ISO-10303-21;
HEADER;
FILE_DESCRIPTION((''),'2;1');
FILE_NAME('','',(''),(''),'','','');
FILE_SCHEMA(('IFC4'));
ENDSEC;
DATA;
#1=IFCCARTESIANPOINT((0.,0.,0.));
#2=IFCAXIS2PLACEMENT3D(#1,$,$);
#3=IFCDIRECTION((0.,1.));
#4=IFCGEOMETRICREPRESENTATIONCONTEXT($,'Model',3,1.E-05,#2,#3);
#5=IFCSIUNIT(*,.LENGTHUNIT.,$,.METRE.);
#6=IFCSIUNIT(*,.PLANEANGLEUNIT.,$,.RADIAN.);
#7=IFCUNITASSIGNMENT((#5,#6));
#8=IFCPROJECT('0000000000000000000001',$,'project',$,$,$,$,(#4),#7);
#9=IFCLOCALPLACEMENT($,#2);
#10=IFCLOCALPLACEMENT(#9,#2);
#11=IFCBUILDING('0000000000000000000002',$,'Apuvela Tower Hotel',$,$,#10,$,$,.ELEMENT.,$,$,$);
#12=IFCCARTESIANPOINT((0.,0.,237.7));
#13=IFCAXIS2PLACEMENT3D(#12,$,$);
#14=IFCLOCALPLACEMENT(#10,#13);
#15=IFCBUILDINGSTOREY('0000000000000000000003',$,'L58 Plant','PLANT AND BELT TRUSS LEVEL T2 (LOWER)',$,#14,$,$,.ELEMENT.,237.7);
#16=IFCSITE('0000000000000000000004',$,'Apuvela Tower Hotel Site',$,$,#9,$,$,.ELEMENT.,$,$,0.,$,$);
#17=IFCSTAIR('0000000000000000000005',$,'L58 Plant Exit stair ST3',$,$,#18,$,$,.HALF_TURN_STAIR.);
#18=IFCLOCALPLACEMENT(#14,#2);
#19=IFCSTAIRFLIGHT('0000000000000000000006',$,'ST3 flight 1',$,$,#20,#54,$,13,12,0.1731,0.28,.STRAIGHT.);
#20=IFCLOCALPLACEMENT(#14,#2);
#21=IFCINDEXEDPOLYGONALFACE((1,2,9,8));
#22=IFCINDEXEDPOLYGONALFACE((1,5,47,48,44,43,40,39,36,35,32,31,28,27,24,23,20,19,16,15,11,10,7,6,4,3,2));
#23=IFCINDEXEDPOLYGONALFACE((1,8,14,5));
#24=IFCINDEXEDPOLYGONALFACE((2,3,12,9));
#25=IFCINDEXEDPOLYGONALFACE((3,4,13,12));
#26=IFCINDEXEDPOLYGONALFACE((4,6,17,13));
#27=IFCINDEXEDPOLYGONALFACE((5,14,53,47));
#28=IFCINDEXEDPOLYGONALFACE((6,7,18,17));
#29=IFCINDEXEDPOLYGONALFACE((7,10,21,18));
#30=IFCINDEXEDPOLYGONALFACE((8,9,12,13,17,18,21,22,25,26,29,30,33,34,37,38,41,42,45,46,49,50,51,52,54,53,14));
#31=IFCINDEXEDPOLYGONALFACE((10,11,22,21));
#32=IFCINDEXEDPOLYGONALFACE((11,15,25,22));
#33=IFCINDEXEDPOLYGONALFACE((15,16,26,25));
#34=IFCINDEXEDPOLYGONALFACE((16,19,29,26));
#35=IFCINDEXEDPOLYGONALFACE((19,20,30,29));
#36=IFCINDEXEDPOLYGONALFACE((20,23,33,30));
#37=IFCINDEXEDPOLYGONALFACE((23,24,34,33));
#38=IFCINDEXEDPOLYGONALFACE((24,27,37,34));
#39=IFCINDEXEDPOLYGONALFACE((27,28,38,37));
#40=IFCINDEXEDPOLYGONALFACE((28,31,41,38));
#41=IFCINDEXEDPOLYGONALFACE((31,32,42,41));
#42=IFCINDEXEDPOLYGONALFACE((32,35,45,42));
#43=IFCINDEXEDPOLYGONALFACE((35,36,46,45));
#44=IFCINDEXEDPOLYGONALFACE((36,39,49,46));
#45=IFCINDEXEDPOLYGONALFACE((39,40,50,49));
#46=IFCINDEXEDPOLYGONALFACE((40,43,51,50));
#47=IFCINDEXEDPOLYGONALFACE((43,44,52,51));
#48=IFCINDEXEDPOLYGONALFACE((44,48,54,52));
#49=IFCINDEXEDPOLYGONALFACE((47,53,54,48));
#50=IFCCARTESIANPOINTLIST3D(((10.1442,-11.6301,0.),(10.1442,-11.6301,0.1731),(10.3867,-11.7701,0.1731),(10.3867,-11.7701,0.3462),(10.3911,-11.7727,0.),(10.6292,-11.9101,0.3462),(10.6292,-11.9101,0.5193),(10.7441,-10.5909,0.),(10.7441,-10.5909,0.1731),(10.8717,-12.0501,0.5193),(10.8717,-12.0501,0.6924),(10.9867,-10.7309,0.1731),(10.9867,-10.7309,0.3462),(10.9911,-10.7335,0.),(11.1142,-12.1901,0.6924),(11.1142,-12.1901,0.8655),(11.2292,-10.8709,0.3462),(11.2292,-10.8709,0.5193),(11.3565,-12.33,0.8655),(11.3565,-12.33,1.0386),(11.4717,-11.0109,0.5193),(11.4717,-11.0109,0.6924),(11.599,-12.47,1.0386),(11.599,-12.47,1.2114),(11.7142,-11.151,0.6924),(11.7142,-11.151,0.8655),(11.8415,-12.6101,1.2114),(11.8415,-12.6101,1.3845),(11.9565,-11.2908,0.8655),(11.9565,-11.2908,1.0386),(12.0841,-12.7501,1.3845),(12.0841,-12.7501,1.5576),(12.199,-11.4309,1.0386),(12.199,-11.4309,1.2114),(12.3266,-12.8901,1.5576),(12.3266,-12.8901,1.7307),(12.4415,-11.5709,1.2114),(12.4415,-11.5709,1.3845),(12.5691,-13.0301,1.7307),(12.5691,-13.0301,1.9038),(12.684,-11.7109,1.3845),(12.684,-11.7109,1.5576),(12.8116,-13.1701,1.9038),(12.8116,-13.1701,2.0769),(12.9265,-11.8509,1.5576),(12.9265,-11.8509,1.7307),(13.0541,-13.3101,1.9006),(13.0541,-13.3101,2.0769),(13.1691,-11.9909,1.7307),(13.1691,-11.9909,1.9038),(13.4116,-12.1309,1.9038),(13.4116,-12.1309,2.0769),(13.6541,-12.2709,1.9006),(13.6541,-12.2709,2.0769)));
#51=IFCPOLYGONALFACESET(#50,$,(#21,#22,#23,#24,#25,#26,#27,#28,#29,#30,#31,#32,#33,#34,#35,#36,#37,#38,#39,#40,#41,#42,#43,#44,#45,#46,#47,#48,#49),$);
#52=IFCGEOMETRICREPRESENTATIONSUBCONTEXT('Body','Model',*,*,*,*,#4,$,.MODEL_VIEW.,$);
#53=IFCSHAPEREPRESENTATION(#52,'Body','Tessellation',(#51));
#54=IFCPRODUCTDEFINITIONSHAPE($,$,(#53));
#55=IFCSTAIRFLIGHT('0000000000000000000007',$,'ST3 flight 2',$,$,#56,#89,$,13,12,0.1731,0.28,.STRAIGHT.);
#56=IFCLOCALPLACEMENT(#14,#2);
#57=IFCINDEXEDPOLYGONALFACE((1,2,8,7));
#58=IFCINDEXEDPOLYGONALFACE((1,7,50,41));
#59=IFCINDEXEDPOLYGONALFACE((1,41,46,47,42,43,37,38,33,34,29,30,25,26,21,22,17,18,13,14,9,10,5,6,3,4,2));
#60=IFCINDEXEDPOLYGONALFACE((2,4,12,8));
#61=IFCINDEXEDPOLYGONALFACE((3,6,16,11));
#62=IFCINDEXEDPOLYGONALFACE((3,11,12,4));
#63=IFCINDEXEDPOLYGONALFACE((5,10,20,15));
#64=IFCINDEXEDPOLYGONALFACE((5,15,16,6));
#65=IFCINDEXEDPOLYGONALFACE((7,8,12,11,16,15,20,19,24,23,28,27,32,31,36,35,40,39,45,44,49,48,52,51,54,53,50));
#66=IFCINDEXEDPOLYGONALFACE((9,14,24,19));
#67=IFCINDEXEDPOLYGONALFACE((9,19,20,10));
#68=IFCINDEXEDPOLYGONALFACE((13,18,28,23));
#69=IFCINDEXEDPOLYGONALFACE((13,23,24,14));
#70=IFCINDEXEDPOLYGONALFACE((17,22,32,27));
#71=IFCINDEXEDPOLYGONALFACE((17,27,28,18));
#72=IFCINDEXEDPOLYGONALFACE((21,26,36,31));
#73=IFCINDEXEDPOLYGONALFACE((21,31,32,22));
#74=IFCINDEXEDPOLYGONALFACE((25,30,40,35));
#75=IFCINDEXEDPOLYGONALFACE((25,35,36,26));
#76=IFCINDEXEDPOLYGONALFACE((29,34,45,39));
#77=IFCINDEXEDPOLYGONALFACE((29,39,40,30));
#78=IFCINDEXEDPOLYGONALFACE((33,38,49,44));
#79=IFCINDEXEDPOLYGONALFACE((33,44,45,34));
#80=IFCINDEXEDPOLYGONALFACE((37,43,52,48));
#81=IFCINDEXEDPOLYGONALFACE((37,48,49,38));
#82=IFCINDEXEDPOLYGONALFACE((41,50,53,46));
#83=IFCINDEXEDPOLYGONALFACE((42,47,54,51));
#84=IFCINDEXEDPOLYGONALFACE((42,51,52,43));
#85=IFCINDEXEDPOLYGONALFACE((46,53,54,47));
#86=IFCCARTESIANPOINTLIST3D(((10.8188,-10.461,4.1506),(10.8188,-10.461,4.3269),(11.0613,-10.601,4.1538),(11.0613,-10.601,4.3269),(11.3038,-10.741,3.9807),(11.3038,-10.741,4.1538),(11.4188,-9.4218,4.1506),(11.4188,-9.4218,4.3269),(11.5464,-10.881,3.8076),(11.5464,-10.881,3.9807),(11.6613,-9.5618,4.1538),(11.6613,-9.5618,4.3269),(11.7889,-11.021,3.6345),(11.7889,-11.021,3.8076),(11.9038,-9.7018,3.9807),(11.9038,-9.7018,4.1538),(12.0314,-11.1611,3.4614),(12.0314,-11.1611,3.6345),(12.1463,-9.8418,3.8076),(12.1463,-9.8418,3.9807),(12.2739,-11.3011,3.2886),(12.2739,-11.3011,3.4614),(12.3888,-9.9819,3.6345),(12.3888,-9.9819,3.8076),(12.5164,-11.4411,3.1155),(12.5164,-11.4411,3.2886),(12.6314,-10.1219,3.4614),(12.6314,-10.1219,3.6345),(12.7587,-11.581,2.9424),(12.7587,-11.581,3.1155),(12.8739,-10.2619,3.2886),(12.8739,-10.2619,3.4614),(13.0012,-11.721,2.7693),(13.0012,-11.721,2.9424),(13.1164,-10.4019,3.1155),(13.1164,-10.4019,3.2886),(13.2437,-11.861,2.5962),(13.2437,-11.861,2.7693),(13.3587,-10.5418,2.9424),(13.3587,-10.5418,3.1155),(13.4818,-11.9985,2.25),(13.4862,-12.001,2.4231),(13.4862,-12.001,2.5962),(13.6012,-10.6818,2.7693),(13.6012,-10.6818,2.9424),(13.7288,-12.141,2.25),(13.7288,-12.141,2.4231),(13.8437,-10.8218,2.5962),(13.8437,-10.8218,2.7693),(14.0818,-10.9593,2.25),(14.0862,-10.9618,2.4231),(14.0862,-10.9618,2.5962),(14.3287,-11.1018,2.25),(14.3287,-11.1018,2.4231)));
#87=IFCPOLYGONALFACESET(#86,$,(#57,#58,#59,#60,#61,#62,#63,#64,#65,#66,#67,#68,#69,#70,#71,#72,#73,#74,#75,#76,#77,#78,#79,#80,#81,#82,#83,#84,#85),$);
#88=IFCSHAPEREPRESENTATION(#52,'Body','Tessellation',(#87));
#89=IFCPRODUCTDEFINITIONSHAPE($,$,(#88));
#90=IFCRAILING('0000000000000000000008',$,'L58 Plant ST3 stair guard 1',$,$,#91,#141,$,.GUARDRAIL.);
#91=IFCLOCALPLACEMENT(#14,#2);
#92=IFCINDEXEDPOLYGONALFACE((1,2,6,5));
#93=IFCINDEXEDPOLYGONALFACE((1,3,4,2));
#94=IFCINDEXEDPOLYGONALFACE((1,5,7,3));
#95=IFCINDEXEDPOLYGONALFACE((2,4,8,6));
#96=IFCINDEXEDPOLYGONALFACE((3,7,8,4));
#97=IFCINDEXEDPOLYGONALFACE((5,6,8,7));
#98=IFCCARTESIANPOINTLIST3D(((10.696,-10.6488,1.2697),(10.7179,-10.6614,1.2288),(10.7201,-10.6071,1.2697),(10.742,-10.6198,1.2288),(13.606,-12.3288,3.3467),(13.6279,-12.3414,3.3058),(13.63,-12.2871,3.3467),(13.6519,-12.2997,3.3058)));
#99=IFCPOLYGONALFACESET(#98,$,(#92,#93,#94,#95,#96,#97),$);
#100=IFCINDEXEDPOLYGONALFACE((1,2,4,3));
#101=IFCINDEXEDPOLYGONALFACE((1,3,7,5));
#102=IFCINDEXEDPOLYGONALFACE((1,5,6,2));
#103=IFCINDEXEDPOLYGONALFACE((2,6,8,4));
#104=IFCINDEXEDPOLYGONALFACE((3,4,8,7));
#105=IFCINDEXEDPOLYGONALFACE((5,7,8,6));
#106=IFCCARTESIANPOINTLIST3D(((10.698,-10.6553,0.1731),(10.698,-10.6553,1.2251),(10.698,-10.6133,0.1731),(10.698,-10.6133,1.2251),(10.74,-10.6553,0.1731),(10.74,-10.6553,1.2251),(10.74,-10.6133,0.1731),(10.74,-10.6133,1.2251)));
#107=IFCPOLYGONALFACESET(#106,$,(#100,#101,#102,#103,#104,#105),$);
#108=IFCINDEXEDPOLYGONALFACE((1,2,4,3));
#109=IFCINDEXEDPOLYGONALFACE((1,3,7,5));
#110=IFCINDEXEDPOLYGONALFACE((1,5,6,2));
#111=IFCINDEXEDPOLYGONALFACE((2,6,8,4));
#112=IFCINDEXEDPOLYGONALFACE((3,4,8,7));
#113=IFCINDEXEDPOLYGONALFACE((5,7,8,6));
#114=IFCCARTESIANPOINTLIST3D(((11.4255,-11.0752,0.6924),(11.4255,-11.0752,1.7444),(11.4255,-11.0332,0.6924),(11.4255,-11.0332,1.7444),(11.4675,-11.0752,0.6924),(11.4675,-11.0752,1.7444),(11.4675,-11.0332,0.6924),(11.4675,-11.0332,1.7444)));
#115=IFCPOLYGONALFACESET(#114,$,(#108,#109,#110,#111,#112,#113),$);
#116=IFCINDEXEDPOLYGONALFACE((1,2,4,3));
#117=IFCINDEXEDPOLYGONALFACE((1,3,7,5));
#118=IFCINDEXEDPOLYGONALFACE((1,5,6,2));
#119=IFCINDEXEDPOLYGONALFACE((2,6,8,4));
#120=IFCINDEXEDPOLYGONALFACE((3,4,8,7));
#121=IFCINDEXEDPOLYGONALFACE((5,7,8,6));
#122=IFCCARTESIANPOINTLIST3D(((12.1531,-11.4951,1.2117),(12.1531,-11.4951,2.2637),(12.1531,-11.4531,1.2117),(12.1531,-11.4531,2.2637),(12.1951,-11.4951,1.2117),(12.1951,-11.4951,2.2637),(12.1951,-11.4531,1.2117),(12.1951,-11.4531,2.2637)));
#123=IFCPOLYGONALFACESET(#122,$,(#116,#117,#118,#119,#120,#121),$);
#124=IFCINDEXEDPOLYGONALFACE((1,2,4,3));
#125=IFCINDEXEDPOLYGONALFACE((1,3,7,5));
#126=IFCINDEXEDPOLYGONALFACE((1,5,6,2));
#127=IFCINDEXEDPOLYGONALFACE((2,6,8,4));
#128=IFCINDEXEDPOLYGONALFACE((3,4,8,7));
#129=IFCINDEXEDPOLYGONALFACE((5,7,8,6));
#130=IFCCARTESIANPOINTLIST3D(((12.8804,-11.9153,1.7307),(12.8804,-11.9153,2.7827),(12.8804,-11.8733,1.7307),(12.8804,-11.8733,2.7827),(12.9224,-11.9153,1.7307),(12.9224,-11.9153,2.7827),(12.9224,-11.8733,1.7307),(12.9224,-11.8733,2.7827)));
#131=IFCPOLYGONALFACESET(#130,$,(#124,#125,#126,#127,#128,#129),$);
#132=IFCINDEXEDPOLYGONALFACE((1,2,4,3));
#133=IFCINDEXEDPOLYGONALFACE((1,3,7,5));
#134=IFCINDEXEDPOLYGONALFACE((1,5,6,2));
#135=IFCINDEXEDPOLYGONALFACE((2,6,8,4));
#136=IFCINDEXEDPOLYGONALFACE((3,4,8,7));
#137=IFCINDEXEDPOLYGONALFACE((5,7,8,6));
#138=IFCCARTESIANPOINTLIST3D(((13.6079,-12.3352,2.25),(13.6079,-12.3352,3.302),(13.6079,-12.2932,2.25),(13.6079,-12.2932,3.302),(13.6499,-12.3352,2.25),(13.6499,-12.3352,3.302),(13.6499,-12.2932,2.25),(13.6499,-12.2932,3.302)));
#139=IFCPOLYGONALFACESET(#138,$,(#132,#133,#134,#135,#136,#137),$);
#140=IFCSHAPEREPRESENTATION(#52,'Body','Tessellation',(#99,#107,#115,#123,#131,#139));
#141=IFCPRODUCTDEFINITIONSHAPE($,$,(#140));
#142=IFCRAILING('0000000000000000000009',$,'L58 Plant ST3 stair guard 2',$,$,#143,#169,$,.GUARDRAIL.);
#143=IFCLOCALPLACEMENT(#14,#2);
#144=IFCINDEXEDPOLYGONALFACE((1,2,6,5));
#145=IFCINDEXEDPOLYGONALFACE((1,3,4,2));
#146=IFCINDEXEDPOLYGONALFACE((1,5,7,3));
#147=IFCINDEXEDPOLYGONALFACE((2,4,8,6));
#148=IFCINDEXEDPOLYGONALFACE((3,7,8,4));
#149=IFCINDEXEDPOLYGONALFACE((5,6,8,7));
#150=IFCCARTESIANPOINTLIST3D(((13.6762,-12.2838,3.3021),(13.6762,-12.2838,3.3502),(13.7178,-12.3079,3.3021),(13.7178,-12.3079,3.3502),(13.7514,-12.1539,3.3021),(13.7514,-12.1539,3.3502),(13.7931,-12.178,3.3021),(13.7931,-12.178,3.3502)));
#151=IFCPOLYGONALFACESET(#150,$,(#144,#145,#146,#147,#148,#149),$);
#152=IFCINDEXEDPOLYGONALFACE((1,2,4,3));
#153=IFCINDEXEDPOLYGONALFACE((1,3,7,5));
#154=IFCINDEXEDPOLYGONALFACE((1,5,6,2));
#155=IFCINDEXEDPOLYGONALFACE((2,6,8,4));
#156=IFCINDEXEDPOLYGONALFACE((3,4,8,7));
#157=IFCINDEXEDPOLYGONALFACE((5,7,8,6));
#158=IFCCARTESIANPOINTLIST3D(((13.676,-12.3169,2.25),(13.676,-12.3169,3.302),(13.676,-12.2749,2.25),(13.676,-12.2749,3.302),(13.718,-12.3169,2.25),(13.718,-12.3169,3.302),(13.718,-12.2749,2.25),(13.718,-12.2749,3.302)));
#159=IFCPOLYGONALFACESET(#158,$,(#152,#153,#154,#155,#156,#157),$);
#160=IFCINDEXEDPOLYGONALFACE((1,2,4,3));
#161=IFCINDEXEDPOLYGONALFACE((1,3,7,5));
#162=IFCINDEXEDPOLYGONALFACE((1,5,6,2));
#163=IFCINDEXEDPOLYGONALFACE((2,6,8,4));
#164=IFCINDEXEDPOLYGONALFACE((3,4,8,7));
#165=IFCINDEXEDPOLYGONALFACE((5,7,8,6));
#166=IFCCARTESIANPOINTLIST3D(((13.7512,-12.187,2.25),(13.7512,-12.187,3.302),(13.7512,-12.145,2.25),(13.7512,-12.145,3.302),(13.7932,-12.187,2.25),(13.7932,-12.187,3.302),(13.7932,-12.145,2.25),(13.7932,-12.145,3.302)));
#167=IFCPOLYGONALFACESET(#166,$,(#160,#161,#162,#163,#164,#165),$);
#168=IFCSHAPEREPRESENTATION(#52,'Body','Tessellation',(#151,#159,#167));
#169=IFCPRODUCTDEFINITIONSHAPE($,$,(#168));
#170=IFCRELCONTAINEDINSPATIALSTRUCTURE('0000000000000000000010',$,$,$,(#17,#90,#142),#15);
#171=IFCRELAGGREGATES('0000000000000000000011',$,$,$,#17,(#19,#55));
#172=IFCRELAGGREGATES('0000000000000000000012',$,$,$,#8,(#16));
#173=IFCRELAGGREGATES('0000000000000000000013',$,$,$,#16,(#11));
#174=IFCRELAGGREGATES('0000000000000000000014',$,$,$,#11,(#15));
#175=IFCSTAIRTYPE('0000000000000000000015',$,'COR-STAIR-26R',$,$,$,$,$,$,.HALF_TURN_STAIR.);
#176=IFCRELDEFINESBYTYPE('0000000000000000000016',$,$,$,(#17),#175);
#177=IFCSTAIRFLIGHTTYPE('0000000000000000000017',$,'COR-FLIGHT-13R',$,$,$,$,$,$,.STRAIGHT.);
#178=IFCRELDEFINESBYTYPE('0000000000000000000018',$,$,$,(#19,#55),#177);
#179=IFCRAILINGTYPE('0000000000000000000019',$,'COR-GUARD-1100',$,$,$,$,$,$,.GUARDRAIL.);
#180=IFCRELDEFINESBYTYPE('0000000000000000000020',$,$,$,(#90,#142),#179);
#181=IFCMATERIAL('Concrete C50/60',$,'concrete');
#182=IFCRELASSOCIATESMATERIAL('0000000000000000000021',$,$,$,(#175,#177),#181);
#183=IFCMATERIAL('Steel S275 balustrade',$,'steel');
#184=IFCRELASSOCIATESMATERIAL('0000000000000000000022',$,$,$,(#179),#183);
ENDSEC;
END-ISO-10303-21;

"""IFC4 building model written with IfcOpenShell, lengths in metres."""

from ifc_helpers import new_model, si_unit, direction, frame, origin, origin_2d, place, context, subcontext, project, spatial, polyline, rectangle, outline, extrude, material, type_object, element, aggregate, save


model = new_model("IFC4")

# Units and contexts
model_context = context("Model", 3, precision=1e-05, world=origin(), true_north=direction((0.0, 1.0)))
body_context = subcontext(model_context, "Body", "Model", "MODEL_VIEW")
ifc_project = project(units=[si_unit("LENGTHUNIT", "METRE"), si_unit("PLANEANGLEUNIT", "RADIAN")], contexts=[model_context])

# Site, building, storey
site_placement = place(None, origin())
site = spatial("IfcSite", under=ifc_project, at=site_placement, Name="Apuvela Tower Hotel Site", CompositionType="ELEMENT", RefElevation=0.0)
building_placement = place(site_placement, origin())
building = spatial("IfcBuilding", under=site, at=building_placement, Name="Apuvela Tower Hotel", CompositionType="ELEMENT")
storey_placement = place(building_placement, frame((0.0, 0.0, 237.7)))
storey = spatial("IfcBuildingStorey", under=building, at=storey_placement, Name="L58 Plant", Description="PLANT AND BELT TRUSS LEVEL T2 (LOWER)", CompositionType="ELEMENT", Elevation=237.7)

# Shared definitions
ifc_material_1 = material(Name="Concrete C50/60", Category="concrete")

# Stair, stair flights
stair_type = type_object("IfcStairType", Name="COR-STAIR-26R", PredefinedType="HALF_TURN_STAIR", material=ifc_material_1)
stair_placement = place(storey_placement, origin())
stair = element("IfcStair", 1, at=stair_placement, inside=storey, type_object=stair_type, Name="L58 Plant Exit stair ST3", PredefinedType="HALF_TURN_STAIR")
stair_flight_type = type_object("IfcStairFlightType", Name="COR-FLIGHT-13R", PredefinedType="STRAIGHT", material=ifc_material_1)
stair_flight_1_placement = place(storey_placement, frame((10.4441, -11.1106, 0.0), z_axis=(0.0, 0.0, 1.0), x_axis=(0.866025, -0.5, 0.0)))
stair_flight_1 = element("IfcStairFlight", 2, at=stair_flight_1_placement, type_object=stair_flight_type, Name="ST3 flight 1", NumberOfRisers=13, NumberOfTreads=12, PredefinedType="STRAIGHT", RiserHeight=0.1731, TreadLength=0.28, context=body_context, shape_type="SweptSolid", body=[
    extrude(outline(polyline([(0.0, 0.0), (0.0, 0.1731), (0.28, 0.1731), (0.28, 0.3462), (0.5601, 0.3462), (0.5601, 0.5193), (0.8401, 0.5193), (0.8401, 0.6924), (1.1201, 0.6924), (1.1201, 0.8655), (1.3999, 0.8655), (1.3999, 1.0386), (1.6799, 1.0386), (1.6799, 1.2114), (1.96, 1.2114), (1.96, 1.3845), (2.24, 1.3845), (2.24, 1.5576), (2.52, 1.5576), (2.52, 1.7307), (2.8, 1.7307), (2.8, 1.9038), (3.0801, 1.9038), (3.0801, 2.0769), (3.3601, 2.0769), (3.3601, 2.25), (3.3601, 1.9006), (0.2852, 0.0), (0.0, 0.0)])), frame((0.0, 0.6001, 0.0), z_axis=(0.0, -1.0, 0.0), x_axis=(1.0, 0.0, 0.0)), (0.0, 0.0, 1.0), 1.2),
])
stair_flight_2_placement = place(storey_placement, frame((14.0288, -11.6213, 2.25), z_axis=(0.0, 0.0, 1.0), x_axis=(-0.866025, 0.5, 0.0)))
stair_flight_2 = element("IfcStairFlight", 3, at=stair_flight_2_placement, type_object=stair_flight_type, Name="ST3 flight 2", NumberOfRisers=13, NumberOfTreads=12, PredefinedType="STRAIGHT", RiserHeight=0.1731, TreadLength=0.28, context=body_context, shape_type="SweptSolid", body=[
    extrude(outline(polyline([(0.0, 0.0), (0.0, 0.1731), (0.28, 0.1731), (0.28, 0.3462), (0.5601, 0.3462), (0.5601, 0.5193), (0.8401, 0.5193), (0.8401, 0.6924), (1.1201, 0.6924), (1.1201, 0.8655), (1.3999, 0.8655), (1.3999, 1.0386), (1.6799, 1.0386), (1.6799, 1.2114), (1.96, 1.2114), (1.96, 1.3845), (2.24, 1.3845), (2.24, 1.5576), (2.52, 1.5576), (2.52, 1.7307), (2.8, 1.7307), (2.8, 1.9038), (3.0801, 1.9038), (3.0801, 2.0769), (3.3601, 2.0769), (3.3601, 2.25), (3.3601, 1.9006), (0.2852, 0.0), (0.0, 0.0)])), frame((0.0, 0.6001, 0.0), z_axis=(0.0, -1.0, 0.0), x_axis=(1.0, 0.0, 0.0)), (0.0, 0.0, 1.0), 1.2),
])
aggregate(stair, [stair_flight_1, stair_flight_2])

# Railings
ifc_material_2 = material(Name="Steel S275 balustrade", Category="steel")
railing_type_1 = type_object("IfcRailingType", Name="COR-GUARD-1100", PredefinedType="GUARDRAIL", material=ifc_material_2)
railing_1_placement = place(storey_placement, frame((10.719, -10.6343, 0.1731)))
element("IfcRailing", 4, at=railing_1_placement, inside=storey, type_object=railing_type_1, Name="L58 Plant ST3 stair guard 1", PredefinedType="GUARDRAIL", context=body_context, shape_type="SweptSolid", body=[
    extrude(rectangle(XDim=0.0481, YDim=0.0481, at=origin_2d()), frame((0.0, 0.0, 1.0762), z_axis=(0.736668, -0.425288, 0.525785), x_axis=(0.499976, 0.866039, 0.0)), (0.0, 0.0, 1.0), 3.9502),
    extrude(rectangle(XDim=0.042, YDim=0.042, at=origin_2d()), origin(), (0.0, 0.0, 1.0), 1.052),
    extrude(rectangle(XDim=0.042, YDim=0.042, at=origin_2d()), frame((0.7275, -0.4199, 0.5193)), (0.0, 0.0, 1.0), 1.052),
    extrude(rectangle(XDim=0.042, YDim=0.042, at=origin_2d()), frame((1.4551, -0.8398, 1.0386)), (0.0, 0.0, 1.0), 1.052),
    extrude(rectangle(XDim=0.042, YDim=0.042, at=origin_2d()), frame((2.1824, -1.26, 1.5576)), (0.0, 0.0, 1.0), 1.052),
    extrude(rectangle(XDim=0.042, YDim=0.042, at=origin_2d()), frame((2.9099, -1.6799, 2.0769)), (0.0, 0.0, 1.0), 1.052),
])
railing_2_placement = place(storey_placement, frame((13.697, -12.2959, 2.25)))
element("IfcRailing", 5, at=railing_2_placement, inside=storey, type_object=railing_type_1, Name="L58 Plant ST3 stair guard 2", PredefinedType="GUARDRAIL", context=body_context, shape_type="SweptSolid", body=[
    extrude(rectangle(XDim=0.0481, YDim=0.0481, at=origin_2d()), frame((0.0, 0.0, 1.0762), z_axis=(0.501036, 0.865426, 0.0), x_axis=(-0.865426, 0.501036, 0.0)), (0.0, 0.0, 1.0), 0.1501),
    extrude(rectangle(XDim=0.042, YDim=0.042, at=origin_2d()), origin(), (0.0, 0.0, 1.0), 1.052),
    extrude(rectangle(XDim=0.042, YDim=0.042, at=origin_2d()), frame((0.0752, 0.1299, 0.0)), (0.0, 0.0, 1.0), 1.052),
])

save(model, "model.ifc")
